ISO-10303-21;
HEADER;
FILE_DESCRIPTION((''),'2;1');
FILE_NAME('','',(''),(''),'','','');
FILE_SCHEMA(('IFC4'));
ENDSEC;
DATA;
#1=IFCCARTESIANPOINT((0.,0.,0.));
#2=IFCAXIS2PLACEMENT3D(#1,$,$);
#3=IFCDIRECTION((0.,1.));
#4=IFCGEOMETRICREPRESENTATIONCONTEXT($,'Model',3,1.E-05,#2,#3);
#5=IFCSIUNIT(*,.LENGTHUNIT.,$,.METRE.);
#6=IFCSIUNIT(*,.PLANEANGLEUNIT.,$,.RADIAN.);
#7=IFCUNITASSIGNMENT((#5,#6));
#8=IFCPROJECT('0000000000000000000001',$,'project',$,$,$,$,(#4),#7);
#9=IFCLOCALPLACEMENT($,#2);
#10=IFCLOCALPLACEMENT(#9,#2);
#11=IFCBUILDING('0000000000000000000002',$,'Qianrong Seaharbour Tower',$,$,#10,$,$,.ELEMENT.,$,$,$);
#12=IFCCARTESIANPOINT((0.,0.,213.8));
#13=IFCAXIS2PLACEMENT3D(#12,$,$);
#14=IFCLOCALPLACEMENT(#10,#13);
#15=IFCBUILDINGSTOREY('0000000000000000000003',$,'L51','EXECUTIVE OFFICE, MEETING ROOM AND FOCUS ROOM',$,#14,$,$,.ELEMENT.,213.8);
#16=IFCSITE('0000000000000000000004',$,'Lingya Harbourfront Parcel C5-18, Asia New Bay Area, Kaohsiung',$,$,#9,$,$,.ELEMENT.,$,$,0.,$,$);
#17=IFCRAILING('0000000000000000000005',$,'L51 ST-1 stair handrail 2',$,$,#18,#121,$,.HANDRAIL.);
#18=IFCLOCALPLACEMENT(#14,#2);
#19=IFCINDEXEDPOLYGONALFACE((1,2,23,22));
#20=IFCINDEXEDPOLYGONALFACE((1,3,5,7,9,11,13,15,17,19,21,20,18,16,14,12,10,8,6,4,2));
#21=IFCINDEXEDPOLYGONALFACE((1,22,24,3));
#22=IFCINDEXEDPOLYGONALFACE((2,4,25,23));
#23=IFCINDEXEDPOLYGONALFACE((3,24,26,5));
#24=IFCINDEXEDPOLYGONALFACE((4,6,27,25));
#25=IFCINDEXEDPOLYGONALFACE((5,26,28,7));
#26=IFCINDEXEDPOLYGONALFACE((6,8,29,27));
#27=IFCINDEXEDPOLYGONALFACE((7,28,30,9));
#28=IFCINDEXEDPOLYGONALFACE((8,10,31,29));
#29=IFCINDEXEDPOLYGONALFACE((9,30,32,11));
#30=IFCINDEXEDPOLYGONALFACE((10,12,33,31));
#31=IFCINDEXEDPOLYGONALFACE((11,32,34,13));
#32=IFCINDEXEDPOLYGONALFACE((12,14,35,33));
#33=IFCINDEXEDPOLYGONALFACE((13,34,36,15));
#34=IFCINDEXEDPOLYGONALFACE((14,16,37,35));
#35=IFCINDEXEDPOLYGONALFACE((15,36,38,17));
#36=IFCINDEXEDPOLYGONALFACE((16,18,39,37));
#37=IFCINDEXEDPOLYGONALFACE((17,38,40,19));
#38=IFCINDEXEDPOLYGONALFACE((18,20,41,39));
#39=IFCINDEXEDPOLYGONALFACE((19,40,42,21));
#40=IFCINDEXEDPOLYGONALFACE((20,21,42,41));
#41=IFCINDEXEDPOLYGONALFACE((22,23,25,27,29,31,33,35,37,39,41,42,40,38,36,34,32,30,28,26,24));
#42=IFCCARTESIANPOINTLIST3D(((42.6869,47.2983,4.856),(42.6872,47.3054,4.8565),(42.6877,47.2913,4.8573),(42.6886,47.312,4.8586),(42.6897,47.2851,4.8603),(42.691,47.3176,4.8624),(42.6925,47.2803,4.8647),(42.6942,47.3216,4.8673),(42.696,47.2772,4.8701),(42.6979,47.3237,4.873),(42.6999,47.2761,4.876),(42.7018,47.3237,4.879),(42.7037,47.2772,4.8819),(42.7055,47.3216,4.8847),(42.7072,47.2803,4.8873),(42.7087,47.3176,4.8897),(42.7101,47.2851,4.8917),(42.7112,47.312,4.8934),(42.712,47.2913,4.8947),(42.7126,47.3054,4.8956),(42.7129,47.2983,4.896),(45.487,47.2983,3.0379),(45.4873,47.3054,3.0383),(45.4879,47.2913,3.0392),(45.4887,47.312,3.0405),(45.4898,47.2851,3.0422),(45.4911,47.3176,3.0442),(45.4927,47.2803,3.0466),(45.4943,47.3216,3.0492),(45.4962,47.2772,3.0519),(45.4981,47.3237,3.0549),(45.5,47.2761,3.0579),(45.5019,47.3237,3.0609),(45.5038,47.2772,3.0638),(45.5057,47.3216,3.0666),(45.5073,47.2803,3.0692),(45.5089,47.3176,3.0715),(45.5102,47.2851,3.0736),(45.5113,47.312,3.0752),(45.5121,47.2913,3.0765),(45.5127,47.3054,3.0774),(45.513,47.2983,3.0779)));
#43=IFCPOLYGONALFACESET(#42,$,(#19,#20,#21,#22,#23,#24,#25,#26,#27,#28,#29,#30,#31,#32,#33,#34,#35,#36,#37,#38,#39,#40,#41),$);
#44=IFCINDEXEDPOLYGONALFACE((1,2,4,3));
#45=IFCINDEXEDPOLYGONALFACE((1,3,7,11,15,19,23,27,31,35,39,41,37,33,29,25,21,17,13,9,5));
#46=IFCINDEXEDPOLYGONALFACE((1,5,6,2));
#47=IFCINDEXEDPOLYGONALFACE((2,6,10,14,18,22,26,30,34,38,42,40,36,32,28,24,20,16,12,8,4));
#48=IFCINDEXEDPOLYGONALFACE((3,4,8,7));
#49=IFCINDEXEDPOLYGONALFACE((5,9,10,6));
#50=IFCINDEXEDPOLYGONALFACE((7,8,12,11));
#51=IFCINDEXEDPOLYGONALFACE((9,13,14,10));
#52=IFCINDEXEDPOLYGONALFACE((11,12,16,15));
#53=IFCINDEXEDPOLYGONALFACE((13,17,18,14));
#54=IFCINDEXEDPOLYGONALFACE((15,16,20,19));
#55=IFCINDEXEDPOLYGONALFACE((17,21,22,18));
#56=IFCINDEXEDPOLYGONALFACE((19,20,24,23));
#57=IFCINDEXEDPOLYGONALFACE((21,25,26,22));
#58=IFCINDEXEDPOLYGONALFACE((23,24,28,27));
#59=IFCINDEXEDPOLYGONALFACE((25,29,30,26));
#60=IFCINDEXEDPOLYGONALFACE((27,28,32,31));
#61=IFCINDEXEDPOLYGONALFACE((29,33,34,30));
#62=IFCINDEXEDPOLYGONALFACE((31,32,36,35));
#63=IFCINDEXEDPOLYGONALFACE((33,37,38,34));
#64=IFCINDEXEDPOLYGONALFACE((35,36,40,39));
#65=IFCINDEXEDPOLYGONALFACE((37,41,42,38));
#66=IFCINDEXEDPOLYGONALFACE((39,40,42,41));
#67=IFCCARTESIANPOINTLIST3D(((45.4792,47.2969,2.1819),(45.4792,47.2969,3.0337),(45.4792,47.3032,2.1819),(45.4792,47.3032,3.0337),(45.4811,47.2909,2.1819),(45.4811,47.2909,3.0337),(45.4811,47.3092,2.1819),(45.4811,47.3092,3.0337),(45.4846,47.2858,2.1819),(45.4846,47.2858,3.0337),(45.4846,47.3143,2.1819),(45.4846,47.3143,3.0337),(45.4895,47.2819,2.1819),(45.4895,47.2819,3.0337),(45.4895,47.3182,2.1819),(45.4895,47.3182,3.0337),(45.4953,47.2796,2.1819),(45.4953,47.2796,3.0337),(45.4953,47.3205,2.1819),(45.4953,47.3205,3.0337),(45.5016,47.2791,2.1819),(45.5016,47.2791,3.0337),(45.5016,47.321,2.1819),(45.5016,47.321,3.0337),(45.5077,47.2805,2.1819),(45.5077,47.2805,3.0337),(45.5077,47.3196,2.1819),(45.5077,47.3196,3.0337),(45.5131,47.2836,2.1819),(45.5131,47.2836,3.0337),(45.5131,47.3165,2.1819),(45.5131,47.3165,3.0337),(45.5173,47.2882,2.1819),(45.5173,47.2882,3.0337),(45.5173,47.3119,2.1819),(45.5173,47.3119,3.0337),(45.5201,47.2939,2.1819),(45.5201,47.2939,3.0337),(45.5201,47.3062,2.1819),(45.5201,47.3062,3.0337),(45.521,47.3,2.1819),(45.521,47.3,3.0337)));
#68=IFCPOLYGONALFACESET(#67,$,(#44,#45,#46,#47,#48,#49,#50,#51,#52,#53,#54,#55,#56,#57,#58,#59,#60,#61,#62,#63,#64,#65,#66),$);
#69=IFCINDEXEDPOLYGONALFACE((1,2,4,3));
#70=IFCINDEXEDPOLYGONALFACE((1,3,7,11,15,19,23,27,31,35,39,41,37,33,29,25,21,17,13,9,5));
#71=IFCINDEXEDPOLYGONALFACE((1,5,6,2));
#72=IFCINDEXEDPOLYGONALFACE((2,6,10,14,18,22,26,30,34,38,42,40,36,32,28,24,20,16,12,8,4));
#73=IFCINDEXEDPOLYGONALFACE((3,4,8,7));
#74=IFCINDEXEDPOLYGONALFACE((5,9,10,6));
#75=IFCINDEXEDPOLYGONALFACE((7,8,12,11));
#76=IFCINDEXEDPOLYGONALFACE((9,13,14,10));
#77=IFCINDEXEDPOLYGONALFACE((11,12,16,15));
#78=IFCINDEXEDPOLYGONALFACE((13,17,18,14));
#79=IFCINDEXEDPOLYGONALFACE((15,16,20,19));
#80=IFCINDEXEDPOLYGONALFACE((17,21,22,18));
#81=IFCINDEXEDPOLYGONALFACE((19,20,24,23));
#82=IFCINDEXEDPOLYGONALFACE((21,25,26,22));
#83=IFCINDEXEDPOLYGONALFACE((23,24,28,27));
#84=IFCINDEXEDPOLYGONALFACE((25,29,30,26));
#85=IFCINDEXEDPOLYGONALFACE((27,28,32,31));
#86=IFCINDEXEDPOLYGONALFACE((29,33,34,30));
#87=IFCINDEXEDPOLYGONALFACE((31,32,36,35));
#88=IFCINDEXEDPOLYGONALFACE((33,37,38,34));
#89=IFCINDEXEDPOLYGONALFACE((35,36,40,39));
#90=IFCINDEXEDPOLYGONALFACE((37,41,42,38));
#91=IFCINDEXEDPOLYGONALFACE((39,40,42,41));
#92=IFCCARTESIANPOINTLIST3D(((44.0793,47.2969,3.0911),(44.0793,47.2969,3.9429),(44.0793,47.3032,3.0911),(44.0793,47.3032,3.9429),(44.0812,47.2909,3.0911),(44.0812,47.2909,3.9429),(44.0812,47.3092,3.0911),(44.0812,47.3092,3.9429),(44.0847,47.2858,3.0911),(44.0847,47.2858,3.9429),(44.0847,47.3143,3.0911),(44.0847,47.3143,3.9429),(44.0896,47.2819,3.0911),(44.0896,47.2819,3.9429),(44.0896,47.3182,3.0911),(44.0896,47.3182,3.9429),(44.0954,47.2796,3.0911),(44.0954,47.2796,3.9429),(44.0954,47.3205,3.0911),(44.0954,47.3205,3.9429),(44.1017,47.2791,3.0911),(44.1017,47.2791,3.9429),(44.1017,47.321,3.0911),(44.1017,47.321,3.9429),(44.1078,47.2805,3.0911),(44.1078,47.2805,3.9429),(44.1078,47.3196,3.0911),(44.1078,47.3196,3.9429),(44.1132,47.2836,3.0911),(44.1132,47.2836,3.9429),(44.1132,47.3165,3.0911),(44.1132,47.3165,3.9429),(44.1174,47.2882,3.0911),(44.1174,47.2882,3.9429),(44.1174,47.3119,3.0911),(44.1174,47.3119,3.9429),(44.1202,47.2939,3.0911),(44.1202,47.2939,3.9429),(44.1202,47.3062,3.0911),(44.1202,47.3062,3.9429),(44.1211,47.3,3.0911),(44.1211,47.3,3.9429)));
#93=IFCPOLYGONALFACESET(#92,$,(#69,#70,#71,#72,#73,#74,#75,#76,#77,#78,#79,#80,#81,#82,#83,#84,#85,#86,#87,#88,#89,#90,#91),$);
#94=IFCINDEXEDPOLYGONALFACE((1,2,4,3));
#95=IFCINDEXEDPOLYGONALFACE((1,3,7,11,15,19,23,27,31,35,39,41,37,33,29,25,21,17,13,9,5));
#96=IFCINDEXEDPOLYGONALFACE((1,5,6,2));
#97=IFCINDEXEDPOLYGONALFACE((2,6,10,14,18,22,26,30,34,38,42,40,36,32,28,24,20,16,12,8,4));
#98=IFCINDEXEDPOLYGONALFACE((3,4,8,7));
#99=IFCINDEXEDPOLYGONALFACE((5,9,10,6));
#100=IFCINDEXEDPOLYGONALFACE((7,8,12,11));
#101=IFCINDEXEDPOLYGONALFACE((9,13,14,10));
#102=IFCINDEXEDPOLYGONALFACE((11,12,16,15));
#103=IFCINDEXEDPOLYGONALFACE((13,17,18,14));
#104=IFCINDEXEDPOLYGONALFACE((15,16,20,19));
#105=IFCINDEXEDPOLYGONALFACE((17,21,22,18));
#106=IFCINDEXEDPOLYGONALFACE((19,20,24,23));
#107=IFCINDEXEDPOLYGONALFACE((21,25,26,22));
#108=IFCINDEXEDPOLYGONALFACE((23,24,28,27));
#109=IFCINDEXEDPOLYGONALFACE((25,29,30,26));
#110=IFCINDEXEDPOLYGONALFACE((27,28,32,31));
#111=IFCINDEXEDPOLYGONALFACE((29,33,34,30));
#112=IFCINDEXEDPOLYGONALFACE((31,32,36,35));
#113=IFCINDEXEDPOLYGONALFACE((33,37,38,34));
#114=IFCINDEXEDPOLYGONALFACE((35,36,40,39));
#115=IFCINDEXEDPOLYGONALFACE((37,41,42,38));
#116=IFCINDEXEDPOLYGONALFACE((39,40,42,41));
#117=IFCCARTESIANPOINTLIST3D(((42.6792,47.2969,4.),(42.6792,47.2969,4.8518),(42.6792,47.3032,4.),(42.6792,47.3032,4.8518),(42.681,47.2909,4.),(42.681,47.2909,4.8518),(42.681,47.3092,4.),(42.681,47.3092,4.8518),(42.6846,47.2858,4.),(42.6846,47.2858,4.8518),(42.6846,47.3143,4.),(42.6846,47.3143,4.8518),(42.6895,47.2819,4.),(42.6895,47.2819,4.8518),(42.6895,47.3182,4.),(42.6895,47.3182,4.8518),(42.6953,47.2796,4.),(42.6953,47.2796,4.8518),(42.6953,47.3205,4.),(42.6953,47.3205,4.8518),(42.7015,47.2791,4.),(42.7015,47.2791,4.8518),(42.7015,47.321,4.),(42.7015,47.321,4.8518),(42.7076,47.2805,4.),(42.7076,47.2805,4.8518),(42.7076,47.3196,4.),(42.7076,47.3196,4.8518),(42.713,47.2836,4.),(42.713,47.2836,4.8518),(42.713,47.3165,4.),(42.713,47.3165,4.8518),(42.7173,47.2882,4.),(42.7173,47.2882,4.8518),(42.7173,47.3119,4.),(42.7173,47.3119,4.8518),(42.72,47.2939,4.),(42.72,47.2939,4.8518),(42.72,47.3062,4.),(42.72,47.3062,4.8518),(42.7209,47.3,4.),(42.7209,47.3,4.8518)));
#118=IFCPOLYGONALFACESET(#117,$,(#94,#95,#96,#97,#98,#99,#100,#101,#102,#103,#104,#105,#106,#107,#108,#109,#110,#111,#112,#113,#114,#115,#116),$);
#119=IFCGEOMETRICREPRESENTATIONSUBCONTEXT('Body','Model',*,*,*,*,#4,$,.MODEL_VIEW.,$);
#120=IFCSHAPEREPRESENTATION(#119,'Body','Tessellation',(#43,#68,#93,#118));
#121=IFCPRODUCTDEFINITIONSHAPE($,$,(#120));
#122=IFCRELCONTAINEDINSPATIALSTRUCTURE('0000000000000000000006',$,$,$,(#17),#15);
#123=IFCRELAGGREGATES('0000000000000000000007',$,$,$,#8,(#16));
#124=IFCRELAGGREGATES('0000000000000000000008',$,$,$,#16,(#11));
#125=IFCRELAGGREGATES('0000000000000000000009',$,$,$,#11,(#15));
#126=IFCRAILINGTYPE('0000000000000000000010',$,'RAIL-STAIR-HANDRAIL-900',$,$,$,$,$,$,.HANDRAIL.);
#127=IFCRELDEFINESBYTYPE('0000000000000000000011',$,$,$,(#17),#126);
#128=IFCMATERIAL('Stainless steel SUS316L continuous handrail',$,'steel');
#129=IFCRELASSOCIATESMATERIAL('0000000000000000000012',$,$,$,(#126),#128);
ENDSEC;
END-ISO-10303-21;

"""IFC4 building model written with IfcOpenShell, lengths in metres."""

from ifc_helpers import new_model, si_unit, direction, frame, origin, origin_2d, place, context, subcontext, project, spatial, circle, extrude, material, type_object, element, save


model = new_model("IFC4")

# Units and contexts
model_context = context("Model", 3, precision=1e-05, world=origin(), true_north=direction((0.0, 1.0)))
body_context = subcontext(model_context, "Body", "Model", "MODEL_VIEW")
ifc_project = project(units=[si_unit("LENGTHUNIT", "METRE"), si_unit("PLANEANGLEUNIT", "RADIAN")], contexts=[model_context])

# Site, building, storey
site_placement = place(None, origin())
site = spatial("IfcSite", under=ifc_project, at=site_placement, Name="Lingya Harbourfront Parcel C5-18, Asia New Bay Area, Kaohsiung", CompositionType="ELEMENT", RefElevation=0.0)
building_placement = place(site_placement, origin())
building = spatial("IfcBuilding", under=site, at=building_placement, Name="Qianrong Seaharbour Tower", CompositionType="ELEMENT")
storey_placement = place(building_placement, frame((0.0, 0.0, 213.8)))
storey = spatial("IfcBuildingStorey", under=building, at=storey_placement, Name="L51", Description="EXECUTIVE OFFICE, MEETING ROOM AND FOCUS ROOM", CompositionType="ELEMENT", Elevation=213.8)

# Railing
ifc_material_1 = material(Name="Stainless steel SUS316L continuous handrail", Category="steel")
railing_type_1 = type_object("IfcRailingType", Name="RAIL-STAIR-HANDRAIL-900", PredefinedType="HANDRAIL", material=ifc_material_1)
railing_1_placement = place(storey_placement, frame((45.5, 47.3, 2.1819)))
element("IfcRailing", 1, at=railing_1_placement, inside=storey, type_object=railing_type_1, Name="L51 ST-1 stair handrail 2", PredefinedType="HANDRAIL", context=body_context, shape_type="SweptSolid", body=[
    extrude(circle(Radius=0.0239, at=origin_2d()), frame((0.0, 0.0, 0.876), z_axis=(-0.838706, 0.0, 0.544585), x_axis=(0.0, -1.0, 0.0)), (0.0, 0.0, 1.0), 3.3386),
    extrude(circle(Radius=0.021, at=origin_2d()), origin(), (0.0, 0.0, 1.0), 0.8518),
    extrude(circle(Radius=0.021, at=origin_2d()), frame((-1.3999, 0.0, 0.9092)), (0.0, 0.0, 1.0), 0.8518),
    extrude(circle(Radius=0.021, at=origin_2d()), frame((-2.8, 0.0, 1.8181)), (0.0, 0.0, 1.0), 0.8518),
])

save(model, "model.ifc")
